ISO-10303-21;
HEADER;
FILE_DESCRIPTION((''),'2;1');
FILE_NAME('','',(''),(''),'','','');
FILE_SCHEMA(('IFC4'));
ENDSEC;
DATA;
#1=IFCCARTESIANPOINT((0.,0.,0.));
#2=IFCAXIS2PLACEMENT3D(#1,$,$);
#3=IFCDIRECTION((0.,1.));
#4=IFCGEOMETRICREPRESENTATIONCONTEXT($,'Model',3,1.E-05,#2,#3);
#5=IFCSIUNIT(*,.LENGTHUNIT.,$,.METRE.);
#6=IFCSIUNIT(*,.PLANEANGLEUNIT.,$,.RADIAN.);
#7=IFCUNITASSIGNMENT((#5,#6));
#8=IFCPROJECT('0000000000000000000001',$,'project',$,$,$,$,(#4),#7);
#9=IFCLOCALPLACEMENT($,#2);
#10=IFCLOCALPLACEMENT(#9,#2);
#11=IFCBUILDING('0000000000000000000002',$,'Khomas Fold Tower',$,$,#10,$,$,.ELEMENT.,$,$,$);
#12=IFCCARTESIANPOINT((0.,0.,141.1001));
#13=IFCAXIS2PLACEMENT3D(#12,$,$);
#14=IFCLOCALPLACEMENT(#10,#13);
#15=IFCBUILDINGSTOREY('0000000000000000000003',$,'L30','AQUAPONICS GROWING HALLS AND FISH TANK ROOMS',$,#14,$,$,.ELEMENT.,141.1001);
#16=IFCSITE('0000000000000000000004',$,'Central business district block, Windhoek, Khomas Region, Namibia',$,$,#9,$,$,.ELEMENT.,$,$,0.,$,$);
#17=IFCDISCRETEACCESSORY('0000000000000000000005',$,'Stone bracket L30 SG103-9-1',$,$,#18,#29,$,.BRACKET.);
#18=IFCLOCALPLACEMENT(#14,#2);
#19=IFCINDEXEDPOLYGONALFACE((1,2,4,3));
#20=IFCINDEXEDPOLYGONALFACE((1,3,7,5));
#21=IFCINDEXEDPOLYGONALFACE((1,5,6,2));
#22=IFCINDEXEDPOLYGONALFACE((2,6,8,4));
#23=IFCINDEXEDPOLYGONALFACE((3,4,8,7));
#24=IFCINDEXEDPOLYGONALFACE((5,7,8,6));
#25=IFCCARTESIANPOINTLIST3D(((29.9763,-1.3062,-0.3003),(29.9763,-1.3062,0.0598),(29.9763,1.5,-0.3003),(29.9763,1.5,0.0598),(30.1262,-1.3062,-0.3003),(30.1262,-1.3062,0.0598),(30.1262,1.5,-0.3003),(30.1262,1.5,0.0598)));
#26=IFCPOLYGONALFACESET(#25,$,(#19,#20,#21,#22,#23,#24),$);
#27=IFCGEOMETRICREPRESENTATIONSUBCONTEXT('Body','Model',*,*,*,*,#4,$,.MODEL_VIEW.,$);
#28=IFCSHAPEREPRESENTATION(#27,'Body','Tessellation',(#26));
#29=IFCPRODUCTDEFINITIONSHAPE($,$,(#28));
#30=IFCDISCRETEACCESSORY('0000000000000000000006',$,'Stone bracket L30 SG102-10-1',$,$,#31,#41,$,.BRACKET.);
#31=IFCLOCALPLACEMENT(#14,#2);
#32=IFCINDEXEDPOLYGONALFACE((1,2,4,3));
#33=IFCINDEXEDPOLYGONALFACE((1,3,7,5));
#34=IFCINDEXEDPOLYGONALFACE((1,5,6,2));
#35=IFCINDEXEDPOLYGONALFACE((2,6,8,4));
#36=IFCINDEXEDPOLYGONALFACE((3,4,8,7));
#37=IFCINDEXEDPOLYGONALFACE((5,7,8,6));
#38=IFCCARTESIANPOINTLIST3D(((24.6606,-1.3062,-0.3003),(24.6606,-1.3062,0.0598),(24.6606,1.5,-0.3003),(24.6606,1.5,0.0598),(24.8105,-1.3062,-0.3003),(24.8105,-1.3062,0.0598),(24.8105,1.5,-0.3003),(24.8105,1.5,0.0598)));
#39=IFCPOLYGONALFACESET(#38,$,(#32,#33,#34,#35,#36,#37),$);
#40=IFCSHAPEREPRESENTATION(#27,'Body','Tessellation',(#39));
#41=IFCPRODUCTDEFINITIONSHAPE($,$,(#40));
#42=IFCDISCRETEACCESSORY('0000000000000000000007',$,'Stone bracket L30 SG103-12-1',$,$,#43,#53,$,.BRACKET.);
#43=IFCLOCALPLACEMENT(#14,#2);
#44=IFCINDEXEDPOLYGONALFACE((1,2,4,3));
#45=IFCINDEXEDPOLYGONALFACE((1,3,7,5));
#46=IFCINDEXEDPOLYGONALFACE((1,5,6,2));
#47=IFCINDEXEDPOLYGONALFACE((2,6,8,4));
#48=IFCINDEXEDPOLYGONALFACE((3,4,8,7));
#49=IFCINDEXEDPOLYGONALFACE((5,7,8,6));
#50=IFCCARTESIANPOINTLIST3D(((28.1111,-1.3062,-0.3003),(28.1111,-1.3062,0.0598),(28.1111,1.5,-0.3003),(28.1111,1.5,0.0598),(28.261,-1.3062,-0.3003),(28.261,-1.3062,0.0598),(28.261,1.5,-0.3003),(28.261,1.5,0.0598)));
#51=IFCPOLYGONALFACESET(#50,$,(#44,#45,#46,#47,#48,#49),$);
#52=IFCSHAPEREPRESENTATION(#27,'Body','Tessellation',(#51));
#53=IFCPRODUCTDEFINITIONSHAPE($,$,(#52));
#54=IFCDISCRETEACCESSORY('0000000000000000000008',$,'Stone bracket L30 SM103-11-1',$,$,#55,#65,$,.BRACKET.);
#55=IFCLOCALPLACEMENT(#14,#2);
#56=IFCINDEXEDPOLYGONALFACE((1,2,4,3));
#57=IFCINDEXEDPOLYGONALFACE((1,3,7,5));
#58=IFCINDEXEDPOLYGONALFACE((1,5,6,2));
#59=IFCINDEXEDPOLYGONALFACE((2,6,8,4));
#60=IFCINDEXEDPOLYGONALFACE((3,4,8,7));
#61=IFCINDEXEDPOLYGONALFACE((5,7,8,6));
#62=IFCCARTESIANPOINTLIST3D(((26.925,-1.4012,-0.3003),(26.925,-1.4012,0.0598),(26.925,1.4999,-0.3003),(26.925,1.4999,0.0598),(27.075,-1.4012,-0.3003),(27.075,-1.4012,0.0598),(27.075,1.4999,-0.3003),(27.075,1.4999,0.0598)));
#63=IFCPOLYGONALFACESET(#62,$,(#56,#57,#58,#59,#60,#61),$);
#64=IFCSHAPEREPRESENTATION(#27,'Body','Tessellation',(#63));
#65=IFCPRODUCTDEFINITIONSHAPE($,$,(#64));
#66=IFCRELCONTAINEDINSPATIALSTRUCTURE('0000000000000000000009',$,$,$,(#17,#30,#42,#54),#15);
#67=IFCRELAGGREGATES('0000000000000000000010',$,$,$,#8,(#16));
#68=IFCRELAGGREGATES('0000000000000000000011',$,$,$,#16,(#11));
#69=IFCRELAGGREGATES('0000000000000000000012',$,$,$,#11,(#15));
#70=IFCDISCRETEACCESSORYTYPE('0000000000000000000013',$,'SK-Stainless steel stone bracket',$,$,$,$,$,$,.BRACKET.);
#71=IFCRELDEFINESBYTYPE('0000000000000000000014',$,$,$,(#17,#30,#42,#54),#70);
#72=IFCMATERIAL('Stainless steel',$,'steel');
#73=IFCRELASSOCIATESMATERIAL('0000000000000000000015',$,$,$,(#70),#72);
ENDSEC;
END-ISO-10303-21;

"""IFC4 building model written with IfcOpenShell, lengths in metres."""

from ifc_helpers import new_model, si_unit, direction, frame, origin, origin_2d, place, context, subcontext, project, spatial, rectangle, extrude, source, transform, mapped, material, type_object, element, save


model = new_model("IFC4")

# Units and contexts
model_context = context("Model", 3, precision=1e-05, world=origin(), true_north=direction((0.0, 1.0)))
body_context = subcontext(model_context, "Body", "Model", "MODEL_VIEW")
ifc_project = project(units=[si_unit("LENGTHUNIT", "METRE"), si_unit("PLANEANGLEUNIT", "RADIAN")], contexts=[model_context])

# Site, building, storey
site_placement = place(None, origin())
site = spatial("IfcSite", under=ifc_project, at=site_placement, Name="Central business district block, Windhoek, Khomas Region, Namibia", CompositionType="ELEMENT", RefElevation=0.0)
building_placement = place(site_placement, origin())
building = spatial("IfcBuilding", under=site, at=building_placement, Name="Khomas Fold Tower", CompositionType="ELEMENT")
storey_placement = place(building_placement, frame((0.0, 0.0, 141.1001)))
storey = spatial("IfcBuildingStorey", under=building, at=storey_placement, Name="L30", Description="AQUAPONICS GROWING HALLS AND FISH TANK ROOMS", CompositionType="ELEMENT", Elevation=141.1001)

# Discrete accessories
ifc_material_1 = material(Name="Stainless steel", Category="steel")
discrete_accessory_type = type_object("IfcDiscreteAccessoryType", Name="SK-Stainless steel stone bracket", PredefinedType="BRACKET", material=ifc_material_1)
shared_shape_1 = source(origin(), body_context, "Body", "SweptSolid", [
    extrude(rectangle(XDim=2.8062, YDim=0.1499, at=origin_2d()), origin(), (0.0, 0.0, 1.0), 0.3601),
])
for number, where, z_axis, x_axis, name in (
    (1, (30.0513, 0.0969, -0.3003), (0.0, 0.0, 1.0), (0.0, -1.0, 0.0), "Stone bracket L30 SG103-9-1"),
    (2, (24.7356, 0.0969, -0.3003), (0.0, 0.0, 1.0), (0.0, -1.0, 0.0), "Stone bracket L30 SG102-10-1"),
    (3, (28.186, 0.0969, -0.3003), (0.0, 0.0, 1.0), (0.0, -1.0, 0.0), "Stone bracket L30 SG103-12-1"),
):
    element("IfcDiscreteAccessory", number, at=place(storey_placement, frame(where, z_axis=z_axis, x_axis=x_axis)), inside=storey, type_object=discrete_accessory_type, Name=name, PredefinedType="BRACKET", context=body_context, shape_type="MappedRepresentation", body=[
        mapped(shared_shape_1, transform((0.0, 0.0, 0.0))),
    ])
shared_shape_2 = source(origin(), body_context, "Body", "SweptSolid", [
    extrude(rectangle(XDim=2.9011, YDim=0.1499, at=origin_2d()), origin(), (0.0, 0.0, 1.0), 0.3601),
])
discrete_accessory_placement = place(storey_placement, frame((27.0, 0.0493, -0.3003), z_axis=(0.0, 0.0, 1.0), x_axis=(0.0, -1.0, 0.0)))
element("IfcDiscreteAccessory", 4, at=discrete_accessory_placement, inside=storey, type_object=discrete_accessory_type, Name="Stone bracket L30 SM103-11-1", PredefinedType="BRACKET", context=body_context, shape_type="MappedRepresentation", body=[
    mapped(shared_shape_2, transform((0.0, 0.0, 0.0))),
])

save(model, "model.ifc")
